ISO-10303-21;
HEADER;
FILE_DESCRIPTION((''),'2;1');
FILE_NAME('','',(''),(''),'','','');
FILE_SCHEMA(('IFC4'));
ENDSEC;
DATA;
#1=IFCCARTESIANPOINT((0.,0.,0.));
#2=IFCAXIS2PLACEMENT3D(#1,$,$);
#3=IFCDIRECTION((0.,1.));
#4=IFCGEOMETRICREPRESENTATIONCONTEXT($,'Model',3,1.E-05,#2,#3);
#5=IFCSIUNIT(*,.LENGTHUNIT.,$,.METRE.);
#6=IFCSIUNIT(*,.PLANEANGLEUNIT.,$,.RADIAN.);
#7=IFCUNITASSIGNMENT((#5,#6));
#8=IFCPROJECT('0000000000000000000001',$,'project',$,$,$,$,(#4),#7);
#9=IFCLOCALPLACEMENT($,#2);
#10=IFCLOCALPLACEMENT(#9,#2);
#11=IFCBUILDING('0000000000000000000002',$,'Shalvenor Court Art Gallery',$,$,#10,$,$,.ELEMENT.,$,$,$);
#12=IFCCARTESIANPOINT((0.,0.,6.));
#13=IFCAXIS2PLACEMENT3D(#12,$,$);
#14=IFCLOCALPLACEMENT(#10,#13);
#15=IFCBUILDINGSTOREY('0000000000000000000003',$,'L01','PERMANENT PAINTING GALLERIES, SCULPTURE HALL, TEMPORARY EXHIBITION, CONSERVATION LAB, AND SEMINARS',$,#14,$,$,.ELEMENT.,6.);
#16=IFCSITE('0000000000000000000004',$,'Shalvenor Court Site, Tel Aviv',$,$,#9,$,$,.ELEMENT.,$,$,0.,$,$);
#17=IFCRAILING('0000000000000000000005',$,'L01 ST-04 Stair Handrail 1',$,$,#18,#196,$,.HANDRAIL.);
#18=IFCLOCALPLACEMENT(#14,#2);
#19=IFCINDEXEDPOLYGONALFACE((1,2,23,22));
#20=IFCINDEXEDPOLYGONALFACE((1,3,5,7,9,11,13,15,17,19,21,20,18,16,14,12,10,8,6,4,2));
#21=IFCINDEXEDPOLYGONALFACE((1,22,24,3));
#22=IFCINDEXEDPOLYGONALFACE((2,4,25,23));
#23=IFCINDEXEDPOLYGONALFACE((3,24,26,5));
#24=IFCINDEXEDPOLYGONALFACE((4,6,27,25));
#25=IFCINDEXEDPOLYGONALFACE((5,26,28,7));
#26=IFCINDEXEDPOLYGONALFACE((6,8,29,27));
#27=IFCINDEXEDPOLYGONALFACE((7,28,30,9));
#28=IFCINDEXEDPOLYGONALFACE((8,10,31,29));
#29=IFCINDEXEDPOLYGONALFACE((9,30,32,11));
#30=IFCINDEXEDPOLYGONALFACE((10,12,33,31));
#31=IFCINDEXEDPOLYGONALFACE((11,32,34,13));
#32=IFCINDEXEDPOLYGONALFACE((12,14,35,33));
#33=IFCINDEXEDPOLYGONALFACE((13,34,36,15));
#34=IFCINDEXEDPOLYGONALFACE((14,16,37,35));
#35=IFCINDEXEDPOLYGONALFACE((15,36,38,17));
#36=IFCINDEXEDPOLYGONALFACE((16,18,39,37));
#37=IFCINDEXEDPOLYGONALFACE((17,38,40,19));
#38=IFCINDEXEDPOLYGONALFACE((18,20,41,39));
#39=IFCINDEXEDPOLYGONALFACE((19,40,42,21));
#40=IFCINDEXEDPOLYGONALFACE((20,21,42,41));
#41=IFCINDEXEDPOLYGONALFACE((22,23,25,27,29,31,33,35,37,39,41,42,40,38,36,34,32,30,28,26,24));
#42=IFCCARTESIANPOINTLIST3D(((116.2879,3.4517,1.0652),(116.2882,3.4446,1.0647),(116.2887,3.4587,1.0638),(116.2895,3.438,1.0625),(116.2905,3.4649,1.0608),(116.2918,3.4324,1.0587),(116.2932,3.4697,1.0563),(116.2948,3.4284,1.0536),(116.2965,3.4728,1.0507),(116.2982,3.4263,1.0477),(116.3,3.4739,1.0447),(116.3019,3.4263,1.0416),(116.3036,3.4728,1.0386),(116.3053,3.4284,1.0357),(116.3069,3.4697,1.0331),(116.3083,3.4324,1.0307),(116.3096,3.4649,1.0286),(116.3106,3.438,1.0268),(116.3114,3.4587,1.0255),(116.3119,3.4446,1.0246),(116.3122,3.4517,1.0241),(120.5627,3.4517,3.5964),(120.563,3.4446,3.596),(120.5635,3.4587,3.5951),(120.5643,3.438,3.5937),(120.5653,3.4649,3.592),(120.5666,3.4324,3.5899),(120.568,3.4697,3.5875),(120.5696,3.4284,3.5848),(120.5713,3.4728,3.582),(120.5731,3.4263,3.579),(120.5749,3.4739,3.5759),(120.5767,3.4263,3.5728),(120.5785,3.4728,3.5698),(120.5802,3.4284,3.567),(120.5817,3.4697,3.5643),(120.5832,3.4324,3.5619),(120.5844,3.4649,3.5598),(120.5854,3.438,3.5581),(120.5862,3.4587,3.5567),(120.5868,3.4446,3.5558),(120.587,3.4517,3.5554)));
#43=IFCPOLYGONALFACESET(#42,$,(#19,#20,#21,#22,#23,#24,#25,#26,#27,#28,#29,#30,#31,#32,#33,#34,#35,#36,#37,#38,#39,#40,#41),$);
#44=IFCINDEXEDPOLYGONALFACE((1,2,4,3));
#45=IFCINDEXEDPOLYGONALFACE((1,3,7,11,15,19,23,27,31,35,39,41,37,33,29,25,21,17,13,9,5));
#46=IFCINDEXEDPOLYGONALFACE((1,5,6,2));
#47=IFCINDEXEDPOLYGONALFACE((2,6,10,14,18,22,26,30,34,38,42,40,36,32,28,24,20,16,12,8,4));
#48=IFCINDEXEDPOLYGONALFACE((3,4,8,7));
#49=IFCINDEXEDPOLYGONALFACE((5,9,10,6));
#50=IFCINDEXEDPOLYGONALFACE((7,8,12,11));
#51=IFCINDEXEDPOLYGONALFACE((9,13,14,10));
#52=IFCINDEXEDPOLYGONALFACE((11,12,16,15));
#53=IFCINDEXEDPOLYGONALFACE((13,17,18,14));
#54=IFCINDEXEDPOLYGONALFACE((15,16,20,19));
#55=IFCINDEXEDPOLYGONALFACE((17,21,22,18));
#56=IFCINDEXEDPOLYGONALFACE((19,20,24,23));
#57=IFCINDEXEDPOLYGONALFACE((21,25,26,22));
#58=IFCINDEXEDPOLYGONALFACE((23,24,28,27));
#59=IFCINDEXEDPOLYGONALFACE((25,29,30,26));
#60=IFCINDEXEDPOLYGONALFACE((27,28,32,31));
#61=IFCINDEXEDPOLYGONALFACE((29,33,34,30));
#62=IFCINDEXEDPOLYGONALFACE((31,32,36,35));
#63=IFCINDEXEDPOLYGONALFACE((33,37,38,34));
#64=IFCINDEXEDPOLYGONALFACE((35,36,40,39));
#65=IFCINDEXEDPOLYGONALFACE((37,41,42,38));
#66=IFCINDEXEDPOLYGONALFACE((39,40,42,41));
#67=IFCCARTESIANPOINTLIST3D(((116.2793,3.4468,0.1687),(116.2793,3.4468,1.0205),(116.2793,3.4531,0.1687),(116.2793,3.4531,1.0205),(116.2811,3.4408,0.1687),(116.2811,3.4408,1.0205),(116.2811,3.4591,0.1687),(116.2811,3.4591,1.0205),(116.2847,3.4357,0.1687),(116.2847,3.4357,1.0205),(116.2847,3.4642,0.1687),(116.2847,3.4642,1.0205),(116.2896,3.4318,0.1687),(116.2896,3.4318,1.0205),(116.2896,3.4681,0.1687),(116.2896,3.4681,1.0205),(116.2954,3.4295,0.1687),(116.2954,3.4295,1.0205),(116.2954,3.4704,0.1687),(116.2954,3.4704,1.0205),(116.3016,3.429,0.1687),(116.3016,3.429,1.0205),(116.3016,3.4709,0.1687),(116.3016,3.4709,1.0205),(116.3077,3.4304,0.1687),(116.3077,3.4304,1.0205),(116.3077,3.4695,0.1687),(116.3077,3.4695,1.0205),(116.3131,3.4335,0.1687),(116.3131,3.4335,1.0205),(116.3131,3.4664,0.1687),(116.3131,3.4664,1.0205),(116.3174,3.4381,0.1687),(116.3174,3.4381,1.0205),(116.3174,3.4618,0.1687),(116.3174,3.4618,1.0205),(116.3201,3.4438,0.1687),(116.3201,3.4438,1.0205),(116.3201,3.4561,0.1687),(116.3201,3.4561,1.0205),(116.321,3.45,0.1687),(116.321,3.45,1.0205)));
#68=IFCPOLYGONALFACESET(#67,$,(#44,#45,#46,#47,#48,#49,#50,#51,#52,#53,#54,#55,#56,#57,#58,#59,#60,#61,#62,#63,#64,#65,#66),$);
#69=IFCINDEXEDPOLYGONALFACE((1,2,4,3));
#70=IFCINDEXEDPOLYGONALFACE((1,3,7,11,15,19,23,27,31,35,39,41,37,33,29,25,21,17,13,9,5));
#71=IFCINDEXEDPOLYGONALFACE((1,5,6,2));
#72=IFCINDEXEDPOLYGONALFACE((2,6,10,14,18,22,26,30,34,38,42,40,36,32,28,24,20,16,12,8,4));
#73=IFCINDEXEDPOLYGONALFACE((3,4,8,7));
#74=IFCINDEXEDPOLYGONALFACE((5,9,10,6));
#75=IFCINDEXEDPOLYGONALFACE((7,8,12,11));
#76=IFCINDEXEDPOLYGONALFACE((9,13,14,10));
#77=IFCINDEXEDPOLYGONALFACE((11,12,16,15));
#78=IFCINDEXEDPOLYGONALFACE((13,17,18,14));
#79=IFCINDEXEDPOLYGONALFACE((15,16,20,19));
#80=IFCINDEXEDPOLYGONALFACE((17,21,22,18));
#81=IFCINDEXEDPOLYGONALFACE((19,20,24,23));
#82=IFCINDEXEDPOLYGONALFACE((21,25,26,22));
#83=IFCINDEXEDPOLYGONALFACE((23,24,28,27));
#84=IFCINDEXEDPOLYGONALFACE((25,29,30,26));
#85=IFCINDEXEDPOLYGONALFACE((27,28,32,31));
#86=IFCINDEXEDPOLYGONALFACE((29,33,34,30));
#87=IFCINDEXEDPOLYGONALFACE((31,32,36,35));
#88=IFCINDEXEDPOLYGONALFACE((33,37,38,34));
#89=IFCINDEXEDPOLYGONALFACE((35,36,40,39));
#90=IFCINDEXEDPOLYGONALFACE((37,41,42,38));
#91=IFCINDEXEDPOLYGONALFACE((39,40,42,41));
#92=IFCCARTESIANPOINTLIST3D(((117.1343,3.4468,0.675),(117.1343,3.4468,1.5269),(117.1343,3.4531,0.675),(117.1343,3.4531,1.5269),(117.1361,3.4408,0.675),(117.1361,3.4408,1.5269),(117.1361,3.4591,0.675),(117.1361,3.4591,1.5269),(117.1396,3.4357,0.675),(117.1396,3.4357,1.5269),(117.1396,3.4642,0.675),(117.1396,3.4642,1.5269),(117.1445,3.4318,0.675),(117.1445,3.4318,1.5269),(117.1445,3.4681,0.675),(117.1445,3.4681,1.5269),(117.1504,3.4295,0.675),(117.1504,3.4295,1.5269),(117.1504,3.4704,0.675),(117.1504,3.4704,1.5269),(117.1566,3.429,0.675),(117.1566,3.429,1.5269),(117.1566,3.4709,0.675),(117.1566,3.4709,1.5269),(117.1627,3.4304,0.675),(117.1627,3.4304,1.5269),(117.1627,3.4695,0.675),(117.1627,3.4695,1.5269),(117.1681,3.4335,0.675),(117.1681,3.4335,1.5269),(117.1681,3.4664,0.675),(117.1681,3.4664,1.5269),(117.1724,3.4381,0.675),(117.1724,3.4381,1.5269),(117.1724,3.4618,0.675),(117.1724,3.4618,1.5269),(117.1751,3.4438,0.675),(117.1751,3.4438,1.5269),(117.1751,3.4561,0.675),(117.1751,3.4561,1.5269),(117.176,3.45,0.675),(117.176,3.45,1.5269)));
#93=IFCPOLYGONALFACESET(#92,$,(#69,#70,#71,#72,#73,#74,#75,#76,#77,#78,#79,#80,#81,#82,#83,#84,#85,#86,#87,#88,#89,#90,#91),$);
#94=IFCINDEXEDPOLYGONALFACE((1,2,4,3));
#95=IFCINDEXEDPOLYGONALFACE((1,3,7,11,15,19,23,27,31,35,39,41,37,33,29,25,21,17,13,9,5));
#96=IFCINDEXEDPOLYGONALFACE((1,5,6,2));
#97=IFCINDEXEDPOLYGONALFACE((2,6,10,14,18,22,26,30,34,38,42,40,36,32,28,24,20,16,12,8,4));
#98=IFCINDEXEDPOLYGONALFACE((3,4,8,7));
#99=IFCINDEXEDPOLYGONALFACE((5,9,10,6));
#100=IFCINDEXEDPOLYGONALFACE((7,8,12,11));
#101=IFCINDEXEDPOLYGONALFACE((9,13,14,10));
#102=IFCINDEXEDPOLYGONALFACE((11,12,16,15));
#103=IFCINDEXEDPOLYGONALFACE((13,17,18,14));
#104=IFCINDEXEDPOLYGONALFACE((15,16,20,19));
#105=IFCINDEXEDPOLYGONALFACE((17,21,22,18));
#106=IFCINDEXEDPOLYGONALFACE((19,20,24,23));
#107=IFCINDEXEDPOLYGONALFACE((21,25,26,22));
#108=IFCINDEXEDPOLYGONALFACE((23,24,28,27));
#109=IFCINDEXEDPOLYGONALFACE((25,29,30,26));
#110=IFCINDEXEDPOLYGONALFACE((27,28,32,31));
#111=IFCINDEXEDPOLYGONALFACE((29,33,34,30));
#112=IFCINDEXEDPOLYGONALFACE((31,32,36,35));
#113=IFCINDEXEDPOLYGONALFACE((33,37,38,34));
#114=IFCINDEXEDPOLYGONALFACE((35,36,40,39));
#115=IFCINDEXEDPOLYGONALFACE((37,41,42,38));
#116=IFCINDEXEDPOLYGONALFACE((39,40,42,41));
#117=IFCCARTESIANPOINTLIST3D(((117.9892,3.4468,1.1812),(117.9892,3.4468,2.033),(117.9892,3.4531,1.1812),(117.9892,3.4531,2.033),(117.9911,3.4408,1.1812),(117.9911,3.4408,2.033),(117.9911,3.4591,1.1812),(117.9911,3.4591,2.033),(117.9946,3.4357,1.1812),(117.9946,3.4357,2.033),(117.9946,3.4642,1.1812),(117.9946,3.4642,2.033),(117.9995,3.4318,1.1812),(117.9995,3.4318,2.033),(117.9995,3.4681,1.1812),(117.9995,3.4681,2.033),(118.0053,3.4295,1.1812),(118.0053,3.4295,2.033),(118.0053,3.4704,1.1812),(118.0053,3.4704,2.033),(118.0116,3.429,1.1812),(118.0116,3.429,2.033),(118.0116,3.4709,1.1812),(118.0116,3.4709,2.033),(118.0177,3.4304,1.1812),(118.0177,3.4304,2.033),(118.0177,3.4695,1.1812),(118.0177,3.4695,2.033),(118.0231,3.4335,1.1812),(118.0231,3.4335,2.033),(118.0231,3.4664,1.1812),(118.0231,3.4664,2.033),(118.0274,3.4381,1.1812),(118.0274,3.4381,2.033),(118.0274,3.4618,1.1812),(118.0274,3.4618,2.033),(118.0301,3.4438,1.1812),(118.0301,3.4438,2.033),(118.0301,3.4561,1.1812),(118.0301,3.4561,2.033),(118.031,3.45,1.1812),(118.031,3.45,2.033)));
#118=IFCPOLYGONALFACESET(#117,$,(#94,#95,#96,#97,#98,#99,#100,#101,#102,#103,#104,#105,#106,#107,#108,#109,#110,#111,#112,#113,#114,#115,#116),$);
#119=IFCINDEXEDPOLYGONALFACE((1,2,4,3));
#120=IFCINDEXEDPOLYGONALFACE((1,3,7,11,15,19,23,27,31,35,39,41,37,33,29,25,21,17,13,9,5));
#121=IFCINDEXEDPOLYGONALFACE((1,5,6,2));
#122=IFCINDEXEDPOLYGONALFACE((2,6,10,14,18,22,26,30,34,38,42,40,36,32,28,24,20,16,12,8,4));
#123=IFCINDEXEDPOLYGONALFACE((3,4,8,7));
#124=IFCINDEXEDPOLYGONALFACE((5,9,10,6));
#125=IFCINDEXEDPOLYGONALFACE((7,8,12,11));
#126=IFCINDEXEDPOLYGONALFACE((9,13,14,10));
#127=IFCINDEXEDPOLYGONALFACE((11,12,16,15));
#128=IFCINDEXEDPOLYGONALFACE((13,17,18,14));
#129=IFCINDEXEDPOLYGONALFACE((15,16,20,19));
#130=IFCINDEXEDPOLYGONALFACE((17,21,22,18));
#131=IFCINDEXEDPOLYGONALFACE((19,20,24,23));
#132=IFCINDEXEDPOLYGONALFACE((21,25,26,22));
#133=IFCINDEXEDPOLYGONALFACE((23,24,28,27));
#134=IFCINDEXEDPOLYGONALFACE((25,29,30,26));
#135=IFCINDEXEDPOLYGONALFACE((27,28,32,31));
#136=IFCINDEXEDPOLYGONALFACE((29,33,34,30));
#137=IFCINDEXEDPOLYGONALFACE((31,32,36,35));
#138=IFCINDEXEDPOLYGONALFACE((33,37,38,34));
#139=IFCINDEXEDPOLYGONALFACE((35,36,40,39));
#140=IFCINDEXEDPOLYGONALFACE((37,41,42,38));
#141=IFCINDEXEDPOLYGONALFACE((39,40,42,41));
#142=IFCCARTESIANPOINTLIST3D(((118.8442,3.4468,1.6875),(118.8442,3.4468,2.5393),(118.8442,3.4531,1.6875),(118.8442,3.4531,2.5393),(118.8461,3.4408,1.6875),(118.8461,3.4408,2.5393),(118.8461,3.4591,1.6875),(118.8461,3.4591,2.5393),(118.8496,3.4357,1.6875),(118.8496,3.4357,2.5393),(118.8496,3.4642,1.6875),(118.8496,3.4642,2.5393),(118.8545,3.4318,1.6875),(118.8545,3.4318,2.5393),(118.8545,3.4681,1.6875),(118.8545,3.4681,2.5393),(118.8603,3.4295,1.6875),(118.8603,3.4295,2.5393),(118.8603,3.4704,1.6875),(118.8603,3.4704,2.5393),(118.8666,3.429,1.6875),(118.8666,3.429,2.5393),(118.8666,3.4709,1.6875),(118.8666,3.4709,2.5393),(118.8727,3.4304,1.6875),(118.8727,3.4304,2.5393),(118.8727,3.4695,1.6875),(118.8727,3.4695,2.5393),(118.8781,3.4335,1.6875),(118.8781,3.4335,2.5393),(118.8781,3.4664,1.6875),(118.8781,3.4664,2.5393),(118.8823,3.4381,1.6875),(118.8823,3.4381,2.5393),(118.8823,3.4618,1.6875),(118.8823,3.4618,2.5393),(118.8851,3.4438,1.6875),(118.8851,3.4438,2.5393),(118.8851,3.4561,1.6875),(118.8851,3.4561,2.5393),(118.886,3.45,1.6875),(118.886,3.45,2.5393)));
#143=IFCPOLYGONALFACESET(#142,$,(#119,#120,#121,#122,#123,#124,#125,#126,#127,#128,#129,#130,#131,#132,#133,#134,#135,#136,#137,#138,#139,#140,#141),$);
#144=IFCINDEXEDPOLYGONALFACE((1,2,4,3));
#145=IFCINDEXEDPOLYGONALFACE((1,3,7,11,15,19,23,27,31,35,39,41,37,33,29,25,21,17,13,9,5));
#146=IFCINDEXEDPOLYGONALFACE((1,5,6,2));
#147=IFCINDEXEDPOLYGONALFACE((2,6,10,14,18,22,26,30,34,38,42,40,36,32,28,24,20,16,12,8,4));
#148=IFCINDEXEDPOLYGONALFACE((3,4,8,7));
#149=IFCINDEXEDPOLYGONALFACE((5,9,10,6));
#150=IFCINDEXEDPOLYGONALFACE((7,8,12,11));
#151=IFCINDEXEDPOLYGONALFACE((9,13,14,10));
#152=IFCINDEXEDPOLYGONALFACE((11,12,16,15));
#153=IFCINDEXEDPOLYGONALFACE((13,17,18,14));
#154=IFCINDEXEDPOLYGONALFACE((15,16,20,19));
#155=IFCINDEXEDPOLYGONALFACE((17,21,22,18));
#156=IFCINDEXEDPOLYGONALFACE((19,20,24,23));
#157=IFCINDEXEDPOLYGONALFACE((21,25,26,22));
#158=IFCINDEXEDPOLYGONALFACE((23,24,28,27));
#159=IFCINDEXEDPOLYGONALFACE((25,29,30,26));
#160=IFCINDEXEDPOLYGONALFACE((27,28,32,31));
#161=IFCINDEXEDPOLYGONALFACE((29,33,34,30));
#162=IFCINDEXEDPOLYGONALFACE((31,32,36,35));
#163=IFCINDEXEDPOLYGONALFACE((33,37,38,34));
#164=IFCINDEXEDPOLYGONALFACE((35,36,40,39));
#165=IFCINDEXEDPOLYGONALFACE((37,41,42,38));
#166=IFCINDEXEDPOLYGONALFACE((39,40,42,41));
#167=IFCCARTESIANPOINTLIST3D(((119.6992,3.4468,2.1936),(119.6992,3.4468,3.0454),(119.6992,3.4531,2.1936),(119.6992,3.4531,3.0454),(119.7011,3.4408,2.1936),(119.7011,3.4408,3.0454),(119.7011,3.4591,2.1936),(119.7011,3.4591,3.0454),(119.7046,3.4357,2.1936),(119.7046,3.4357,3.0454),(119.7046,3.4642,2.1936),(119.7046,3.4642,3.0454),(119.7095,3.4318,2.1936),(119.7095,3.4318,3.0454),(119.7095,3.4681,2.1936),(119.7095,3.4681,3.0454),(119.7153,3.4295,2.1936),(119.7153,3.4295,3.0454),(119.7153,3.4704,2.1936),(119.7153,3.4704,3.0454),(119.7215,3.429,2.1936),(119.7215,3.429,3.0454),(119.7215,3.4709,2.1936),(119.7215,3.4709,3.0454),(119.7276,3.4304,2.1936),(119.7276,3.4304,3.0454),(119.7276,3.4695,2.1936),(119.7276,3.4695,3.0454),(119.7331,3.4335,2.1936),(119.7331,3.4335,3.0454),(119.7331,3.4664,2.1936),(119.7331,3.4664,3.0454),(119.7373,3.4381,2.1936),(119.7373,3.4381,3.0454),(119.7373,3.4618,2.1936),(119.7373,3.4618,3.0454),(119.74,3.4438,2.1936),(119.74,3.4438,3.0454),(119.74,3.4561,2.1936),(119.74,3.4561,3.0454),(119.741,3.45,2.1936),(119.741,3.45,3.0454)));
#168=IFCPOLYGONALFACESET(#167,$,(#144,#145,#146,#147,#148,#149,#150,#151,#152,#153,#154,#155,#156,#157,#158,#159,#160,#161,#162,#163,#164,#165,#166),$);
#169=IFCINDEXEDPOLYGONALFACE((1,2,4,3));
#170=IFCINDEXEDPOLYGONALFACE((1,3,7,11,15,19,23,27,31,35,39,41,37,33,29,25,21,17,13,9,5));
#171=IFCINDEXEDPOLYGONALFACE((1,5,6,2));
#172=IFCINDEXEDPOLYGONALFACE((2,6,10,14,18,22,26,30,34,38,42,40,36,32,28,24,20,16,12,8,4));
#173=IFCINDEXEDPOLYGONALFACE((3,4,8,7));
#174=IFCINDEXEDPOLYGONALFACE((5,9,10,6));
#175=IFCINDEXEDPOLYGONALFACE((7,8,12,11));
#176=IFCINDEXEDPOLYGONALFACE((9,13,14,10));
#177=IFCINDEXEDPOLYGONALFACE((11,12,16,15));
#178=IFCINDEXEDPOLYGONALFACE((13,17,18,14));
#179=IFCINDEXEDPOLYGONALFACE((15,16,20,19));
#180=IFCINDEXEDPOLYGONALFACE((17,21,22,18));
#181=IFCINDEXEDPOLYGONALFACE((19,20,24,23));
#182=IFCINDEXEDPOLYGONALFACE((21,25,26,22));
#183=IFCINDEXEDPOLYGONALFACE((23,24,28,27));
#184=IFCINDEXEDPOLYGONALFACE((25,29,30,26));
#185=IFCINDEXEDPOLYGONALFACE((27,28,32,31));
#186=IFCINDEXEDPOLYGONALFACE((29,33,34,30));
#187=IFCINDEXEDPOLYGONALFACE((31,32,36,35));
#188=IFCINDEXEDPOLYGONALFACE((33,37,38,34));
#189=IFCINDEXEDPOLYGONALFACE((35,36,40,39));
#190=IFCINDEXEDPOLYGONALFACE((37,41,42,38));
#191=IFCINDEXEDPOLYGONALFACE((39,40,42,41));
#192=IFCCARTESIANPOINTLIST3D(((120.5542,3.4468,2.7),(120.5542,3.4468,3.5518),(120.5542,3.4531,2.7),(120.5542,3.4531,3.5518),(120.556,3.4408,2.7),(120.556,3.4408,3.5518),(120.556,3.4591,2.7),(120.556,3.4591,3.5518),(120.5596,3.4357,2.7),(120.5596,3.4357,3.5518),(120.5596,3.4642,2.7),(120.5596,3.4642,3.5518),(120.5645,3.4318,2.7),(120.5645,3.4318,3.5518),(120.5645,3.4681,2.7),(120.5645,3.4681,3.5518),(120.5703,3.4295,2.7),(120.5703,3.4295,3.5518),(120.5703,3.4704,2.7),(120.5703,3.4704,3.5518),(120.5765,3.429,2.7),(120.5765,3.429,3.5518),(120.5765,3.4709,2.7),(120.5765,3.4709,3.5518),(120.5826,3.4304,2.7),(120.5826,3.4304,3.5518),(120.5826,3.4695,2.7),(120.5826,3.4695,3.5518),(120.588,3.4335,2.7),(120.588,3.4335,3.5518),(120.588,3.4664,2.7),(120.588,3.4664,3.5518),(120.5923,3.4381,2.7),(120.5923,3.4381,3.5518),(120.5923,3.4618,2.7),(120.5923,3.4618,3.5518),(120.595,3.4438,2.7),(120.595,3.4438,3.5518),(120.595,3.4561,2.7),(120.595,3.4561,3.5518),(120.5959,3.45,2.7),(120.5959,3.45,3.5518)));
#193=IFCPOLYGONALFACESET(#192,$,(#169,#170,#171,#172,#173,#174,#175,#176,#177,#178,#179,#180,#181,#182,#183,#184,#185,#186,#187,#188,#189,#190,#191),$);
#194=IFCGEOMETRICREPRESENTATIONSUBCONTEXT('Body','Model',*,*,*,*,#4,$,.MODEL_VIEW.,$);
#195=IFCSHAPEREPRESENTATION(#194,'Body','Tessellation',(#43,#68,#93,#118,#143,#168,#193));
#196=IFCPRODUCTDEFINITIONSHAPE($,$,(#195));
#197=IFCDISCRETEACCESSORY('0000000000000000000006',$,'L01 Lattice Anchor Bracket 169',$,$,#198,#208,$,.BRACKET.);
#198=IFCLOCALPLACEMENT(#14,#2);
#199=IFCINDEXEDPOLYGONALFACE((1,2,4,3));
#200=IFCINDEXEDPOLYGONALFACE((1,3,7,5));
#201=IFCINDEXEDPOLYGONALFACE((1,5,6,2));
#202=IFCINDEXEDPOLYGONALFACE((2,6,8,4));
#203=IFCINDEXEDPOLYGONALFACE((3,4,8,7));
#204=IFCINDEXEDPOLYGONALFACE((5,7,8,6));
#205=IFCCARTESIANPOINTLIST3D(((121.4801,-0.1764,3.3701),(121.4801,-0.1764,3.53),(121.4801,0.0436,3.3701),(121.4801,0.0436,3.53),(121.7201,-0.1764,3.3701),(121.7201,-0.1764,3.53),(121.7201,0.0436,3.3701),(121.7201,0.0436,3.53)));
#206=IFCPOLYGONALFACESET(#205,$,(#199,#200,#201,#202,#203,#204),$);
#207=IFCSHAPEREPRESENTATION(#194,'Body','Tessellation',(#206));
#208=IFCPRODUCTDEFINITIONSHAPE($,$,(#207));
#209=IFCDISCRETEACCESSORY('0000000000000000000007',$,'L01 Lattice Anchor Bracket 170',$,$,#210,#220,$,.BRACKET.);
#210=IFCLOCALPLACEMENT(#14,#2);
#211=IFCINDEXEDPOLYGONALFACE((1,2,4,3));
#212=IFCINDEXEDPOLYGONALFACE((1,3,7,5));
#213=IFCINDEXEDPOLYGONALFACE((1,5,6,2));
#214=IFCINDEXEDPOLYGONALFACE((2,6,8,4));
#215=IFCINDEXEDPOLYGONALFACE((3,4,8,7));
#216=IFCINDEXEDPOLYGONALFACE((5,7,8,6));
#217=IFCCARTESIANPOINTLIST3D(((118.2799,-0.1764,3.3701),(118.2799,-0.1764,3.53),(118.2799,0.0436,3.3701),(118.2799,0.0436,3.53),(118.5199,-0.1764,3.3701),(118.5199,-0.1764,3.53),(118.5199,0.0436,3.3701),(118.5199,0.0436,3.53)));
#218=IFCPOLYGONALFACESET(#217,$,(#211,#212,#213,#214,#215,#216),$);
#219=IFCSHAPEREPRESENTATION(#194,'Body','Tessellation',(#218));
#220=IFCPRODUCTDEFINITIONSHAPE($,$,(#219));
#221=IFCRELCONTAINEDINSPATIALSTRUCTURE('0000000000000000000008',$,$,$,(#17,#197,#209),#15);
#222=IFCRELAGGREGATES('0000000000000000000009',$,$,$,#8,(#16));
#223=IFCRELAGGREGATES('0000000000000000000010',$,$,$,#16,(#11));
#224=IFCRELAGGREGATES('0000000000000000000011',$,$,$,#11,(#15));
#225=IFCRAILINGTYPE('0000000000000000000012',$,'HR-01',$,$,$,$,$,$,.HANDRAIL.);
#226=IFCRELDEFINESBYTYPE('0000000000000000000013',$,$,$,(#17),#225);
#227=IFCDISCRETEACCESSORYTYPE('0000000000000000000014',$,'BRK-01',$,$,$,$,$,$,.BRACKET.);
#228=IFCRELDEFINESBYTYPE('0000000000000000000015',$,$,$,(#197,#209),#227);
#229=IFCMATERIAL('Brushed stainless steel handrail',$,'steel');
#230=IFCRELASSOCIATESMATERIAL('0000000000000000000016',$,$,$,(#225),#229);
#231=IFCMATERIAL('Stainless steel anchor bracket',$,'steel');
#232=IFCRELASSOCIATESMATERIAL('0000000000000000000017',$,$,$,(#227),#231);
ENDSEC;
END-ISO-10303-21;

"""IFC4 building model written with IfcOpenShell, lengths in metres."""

from ifc_helpers import new_model, si_unit, direction, frame, origin, origin_2d, place, context, subcontext, project, spatial, rectangle, circle, extrude, material, type_object, element, save


model = new_model("IFC4")

# Units and contexts
model_context = context("Model", 3, precision=1e-05, world=origin(), true_north=direction((0.0, 1.0)))
body_context = subcontext(model_context, "Body", "Model", "MODEL_VIEW")
ifc_project = project(units=[si_unit("LENGTHUNIT", "METRE"), si_unit("PLANEANGLEUNIT", "RADIAN")], contexts=[model_context])

# Site, building, storey
site_placement = place(None, origin())
site = spatial("IfcSite", under=ifc_project, at=site_placement, Name="Shalvenor Court Site, Tel Aviv", CompositionType="ELEMENT", RefElevation=0.0)
building_placement = place(site_placement, origin())
building = spatial("IfcBuilding", under=site, at=building_placement, Name="Shalvenor Court Art Gallery", CompositionType="ELEMENT")
storey_placement = place(building_placement, frame((0.0, 0.0, 6.0)))
storey = spatial("IfcBuildingStorey", under=building, at=storey_placement, Name="L01", Description="PERMANENT PAINTING GALLERIES, SCULPTURE HALL, TEMPORARY EXHIBITION, CONSERVATION LAB, AND SEMINARS", CompositionType="ELEMENT", Elevation=6.0)

# Railing
ifc_material_1 = material(Name="Brushed stainless steel handrail", Category="steel")
railing_type_1 = type_object("IfcRailingType", Name="HR-01", PredefinedType="HANDRAIL", material=ifc_material_1)
railing_1_placement = place(storey_placement, frame((116.3, 3.45, 0.1687)))
element("IfcRailing", 1, at=railing_1_placement, inside=storey, type_object=railing_type_1, Name="L01 ST-04 Stair Handrail 1", PredefinedType="HANDRAIL", context=body_context, shape_type="SweptSolid", body=[
    extrude(circle(Radius=0.0239, at=origin_2d()), frame((0.0, 0.0, 0.876), z_axis=(0.86047, 0.0, 0.509501), x_axis=(0.0, 1.0, 0.0)), (0.0, 0.0, 1.0), 4.968),
    extrude(circle(Radius=0.021, at=origin_2d()), origin(), (0.0, 0.0, 1.0), 0.8518),
    extrude(circle(Radius=0.021, at=origin_2d()), frame((0.855, 0.0, 0.5063)), (0.0, 0.0, 1.0), 0.8518),
    extrude(circle(Radius=0.021, at=origin_2d()), frame((1.71, 0.0, 1.0125)), (0.0, 0.0, 1.0), 0.8518),
    extrude(circle(Radius=0.021, at=origin_2d()), frame((2.5649, 0.0, 1.5188)), (0.0, 0.0, 1.0), 0.8518),
    extrude(circle(Radius=0.021, at=origin_2d()), frame((3.4199, 0.0, 2.0249)), (0.0, 0.0, 1.0), 0.8518),
    extrude(circle(Radius=0.021, at=origin_2d()), frame((4.2749, 0.0, 2.5312)), (0.0, 0.0, 1.0), 0.8518),
])

# Discrete accessories
ifc_material_2 = material(Name="Stainless steel anchor bracket", Category="steel")
discrete_accessory_type = type_object("IfcDiscreteAccessoryType", Name="BRK-01", PredefinedType="BRACKET", material=ifc_material_2)
for number, where, z_axis, x_axis, name in (
    (2, (121.6001, -0.0664, 3.3701), (0.0, 0.0, 1.0), (-1.0, 0.0, 0.0), "L01 Lattice Anchor Bracket 169"),
    (3, (118.3999, -0.0664, 3.3701), (0.0, 0.0, 1.0), (-1.0, 0.0, 0.0), "L01 Lattice Anchor Bracket 170"),
):
    element("IfcDiscreteAccessory", number, at=place(storey_placement, frame(where, z_axis=z_axis, x_axis=x_axis)), inside=storey, type_object=discrete_accessory_type, Name=name, PredefinedType="BRACKET", context=body_context, shape_type="SweptSolid", body=[
        extrude(rectangle(XDim=0.24, YDim=0.22, at=origin_2d()), origin(), (0.0, 0.0, 1.0), 0.1599),
    ])

save(model, "model.ifc")
